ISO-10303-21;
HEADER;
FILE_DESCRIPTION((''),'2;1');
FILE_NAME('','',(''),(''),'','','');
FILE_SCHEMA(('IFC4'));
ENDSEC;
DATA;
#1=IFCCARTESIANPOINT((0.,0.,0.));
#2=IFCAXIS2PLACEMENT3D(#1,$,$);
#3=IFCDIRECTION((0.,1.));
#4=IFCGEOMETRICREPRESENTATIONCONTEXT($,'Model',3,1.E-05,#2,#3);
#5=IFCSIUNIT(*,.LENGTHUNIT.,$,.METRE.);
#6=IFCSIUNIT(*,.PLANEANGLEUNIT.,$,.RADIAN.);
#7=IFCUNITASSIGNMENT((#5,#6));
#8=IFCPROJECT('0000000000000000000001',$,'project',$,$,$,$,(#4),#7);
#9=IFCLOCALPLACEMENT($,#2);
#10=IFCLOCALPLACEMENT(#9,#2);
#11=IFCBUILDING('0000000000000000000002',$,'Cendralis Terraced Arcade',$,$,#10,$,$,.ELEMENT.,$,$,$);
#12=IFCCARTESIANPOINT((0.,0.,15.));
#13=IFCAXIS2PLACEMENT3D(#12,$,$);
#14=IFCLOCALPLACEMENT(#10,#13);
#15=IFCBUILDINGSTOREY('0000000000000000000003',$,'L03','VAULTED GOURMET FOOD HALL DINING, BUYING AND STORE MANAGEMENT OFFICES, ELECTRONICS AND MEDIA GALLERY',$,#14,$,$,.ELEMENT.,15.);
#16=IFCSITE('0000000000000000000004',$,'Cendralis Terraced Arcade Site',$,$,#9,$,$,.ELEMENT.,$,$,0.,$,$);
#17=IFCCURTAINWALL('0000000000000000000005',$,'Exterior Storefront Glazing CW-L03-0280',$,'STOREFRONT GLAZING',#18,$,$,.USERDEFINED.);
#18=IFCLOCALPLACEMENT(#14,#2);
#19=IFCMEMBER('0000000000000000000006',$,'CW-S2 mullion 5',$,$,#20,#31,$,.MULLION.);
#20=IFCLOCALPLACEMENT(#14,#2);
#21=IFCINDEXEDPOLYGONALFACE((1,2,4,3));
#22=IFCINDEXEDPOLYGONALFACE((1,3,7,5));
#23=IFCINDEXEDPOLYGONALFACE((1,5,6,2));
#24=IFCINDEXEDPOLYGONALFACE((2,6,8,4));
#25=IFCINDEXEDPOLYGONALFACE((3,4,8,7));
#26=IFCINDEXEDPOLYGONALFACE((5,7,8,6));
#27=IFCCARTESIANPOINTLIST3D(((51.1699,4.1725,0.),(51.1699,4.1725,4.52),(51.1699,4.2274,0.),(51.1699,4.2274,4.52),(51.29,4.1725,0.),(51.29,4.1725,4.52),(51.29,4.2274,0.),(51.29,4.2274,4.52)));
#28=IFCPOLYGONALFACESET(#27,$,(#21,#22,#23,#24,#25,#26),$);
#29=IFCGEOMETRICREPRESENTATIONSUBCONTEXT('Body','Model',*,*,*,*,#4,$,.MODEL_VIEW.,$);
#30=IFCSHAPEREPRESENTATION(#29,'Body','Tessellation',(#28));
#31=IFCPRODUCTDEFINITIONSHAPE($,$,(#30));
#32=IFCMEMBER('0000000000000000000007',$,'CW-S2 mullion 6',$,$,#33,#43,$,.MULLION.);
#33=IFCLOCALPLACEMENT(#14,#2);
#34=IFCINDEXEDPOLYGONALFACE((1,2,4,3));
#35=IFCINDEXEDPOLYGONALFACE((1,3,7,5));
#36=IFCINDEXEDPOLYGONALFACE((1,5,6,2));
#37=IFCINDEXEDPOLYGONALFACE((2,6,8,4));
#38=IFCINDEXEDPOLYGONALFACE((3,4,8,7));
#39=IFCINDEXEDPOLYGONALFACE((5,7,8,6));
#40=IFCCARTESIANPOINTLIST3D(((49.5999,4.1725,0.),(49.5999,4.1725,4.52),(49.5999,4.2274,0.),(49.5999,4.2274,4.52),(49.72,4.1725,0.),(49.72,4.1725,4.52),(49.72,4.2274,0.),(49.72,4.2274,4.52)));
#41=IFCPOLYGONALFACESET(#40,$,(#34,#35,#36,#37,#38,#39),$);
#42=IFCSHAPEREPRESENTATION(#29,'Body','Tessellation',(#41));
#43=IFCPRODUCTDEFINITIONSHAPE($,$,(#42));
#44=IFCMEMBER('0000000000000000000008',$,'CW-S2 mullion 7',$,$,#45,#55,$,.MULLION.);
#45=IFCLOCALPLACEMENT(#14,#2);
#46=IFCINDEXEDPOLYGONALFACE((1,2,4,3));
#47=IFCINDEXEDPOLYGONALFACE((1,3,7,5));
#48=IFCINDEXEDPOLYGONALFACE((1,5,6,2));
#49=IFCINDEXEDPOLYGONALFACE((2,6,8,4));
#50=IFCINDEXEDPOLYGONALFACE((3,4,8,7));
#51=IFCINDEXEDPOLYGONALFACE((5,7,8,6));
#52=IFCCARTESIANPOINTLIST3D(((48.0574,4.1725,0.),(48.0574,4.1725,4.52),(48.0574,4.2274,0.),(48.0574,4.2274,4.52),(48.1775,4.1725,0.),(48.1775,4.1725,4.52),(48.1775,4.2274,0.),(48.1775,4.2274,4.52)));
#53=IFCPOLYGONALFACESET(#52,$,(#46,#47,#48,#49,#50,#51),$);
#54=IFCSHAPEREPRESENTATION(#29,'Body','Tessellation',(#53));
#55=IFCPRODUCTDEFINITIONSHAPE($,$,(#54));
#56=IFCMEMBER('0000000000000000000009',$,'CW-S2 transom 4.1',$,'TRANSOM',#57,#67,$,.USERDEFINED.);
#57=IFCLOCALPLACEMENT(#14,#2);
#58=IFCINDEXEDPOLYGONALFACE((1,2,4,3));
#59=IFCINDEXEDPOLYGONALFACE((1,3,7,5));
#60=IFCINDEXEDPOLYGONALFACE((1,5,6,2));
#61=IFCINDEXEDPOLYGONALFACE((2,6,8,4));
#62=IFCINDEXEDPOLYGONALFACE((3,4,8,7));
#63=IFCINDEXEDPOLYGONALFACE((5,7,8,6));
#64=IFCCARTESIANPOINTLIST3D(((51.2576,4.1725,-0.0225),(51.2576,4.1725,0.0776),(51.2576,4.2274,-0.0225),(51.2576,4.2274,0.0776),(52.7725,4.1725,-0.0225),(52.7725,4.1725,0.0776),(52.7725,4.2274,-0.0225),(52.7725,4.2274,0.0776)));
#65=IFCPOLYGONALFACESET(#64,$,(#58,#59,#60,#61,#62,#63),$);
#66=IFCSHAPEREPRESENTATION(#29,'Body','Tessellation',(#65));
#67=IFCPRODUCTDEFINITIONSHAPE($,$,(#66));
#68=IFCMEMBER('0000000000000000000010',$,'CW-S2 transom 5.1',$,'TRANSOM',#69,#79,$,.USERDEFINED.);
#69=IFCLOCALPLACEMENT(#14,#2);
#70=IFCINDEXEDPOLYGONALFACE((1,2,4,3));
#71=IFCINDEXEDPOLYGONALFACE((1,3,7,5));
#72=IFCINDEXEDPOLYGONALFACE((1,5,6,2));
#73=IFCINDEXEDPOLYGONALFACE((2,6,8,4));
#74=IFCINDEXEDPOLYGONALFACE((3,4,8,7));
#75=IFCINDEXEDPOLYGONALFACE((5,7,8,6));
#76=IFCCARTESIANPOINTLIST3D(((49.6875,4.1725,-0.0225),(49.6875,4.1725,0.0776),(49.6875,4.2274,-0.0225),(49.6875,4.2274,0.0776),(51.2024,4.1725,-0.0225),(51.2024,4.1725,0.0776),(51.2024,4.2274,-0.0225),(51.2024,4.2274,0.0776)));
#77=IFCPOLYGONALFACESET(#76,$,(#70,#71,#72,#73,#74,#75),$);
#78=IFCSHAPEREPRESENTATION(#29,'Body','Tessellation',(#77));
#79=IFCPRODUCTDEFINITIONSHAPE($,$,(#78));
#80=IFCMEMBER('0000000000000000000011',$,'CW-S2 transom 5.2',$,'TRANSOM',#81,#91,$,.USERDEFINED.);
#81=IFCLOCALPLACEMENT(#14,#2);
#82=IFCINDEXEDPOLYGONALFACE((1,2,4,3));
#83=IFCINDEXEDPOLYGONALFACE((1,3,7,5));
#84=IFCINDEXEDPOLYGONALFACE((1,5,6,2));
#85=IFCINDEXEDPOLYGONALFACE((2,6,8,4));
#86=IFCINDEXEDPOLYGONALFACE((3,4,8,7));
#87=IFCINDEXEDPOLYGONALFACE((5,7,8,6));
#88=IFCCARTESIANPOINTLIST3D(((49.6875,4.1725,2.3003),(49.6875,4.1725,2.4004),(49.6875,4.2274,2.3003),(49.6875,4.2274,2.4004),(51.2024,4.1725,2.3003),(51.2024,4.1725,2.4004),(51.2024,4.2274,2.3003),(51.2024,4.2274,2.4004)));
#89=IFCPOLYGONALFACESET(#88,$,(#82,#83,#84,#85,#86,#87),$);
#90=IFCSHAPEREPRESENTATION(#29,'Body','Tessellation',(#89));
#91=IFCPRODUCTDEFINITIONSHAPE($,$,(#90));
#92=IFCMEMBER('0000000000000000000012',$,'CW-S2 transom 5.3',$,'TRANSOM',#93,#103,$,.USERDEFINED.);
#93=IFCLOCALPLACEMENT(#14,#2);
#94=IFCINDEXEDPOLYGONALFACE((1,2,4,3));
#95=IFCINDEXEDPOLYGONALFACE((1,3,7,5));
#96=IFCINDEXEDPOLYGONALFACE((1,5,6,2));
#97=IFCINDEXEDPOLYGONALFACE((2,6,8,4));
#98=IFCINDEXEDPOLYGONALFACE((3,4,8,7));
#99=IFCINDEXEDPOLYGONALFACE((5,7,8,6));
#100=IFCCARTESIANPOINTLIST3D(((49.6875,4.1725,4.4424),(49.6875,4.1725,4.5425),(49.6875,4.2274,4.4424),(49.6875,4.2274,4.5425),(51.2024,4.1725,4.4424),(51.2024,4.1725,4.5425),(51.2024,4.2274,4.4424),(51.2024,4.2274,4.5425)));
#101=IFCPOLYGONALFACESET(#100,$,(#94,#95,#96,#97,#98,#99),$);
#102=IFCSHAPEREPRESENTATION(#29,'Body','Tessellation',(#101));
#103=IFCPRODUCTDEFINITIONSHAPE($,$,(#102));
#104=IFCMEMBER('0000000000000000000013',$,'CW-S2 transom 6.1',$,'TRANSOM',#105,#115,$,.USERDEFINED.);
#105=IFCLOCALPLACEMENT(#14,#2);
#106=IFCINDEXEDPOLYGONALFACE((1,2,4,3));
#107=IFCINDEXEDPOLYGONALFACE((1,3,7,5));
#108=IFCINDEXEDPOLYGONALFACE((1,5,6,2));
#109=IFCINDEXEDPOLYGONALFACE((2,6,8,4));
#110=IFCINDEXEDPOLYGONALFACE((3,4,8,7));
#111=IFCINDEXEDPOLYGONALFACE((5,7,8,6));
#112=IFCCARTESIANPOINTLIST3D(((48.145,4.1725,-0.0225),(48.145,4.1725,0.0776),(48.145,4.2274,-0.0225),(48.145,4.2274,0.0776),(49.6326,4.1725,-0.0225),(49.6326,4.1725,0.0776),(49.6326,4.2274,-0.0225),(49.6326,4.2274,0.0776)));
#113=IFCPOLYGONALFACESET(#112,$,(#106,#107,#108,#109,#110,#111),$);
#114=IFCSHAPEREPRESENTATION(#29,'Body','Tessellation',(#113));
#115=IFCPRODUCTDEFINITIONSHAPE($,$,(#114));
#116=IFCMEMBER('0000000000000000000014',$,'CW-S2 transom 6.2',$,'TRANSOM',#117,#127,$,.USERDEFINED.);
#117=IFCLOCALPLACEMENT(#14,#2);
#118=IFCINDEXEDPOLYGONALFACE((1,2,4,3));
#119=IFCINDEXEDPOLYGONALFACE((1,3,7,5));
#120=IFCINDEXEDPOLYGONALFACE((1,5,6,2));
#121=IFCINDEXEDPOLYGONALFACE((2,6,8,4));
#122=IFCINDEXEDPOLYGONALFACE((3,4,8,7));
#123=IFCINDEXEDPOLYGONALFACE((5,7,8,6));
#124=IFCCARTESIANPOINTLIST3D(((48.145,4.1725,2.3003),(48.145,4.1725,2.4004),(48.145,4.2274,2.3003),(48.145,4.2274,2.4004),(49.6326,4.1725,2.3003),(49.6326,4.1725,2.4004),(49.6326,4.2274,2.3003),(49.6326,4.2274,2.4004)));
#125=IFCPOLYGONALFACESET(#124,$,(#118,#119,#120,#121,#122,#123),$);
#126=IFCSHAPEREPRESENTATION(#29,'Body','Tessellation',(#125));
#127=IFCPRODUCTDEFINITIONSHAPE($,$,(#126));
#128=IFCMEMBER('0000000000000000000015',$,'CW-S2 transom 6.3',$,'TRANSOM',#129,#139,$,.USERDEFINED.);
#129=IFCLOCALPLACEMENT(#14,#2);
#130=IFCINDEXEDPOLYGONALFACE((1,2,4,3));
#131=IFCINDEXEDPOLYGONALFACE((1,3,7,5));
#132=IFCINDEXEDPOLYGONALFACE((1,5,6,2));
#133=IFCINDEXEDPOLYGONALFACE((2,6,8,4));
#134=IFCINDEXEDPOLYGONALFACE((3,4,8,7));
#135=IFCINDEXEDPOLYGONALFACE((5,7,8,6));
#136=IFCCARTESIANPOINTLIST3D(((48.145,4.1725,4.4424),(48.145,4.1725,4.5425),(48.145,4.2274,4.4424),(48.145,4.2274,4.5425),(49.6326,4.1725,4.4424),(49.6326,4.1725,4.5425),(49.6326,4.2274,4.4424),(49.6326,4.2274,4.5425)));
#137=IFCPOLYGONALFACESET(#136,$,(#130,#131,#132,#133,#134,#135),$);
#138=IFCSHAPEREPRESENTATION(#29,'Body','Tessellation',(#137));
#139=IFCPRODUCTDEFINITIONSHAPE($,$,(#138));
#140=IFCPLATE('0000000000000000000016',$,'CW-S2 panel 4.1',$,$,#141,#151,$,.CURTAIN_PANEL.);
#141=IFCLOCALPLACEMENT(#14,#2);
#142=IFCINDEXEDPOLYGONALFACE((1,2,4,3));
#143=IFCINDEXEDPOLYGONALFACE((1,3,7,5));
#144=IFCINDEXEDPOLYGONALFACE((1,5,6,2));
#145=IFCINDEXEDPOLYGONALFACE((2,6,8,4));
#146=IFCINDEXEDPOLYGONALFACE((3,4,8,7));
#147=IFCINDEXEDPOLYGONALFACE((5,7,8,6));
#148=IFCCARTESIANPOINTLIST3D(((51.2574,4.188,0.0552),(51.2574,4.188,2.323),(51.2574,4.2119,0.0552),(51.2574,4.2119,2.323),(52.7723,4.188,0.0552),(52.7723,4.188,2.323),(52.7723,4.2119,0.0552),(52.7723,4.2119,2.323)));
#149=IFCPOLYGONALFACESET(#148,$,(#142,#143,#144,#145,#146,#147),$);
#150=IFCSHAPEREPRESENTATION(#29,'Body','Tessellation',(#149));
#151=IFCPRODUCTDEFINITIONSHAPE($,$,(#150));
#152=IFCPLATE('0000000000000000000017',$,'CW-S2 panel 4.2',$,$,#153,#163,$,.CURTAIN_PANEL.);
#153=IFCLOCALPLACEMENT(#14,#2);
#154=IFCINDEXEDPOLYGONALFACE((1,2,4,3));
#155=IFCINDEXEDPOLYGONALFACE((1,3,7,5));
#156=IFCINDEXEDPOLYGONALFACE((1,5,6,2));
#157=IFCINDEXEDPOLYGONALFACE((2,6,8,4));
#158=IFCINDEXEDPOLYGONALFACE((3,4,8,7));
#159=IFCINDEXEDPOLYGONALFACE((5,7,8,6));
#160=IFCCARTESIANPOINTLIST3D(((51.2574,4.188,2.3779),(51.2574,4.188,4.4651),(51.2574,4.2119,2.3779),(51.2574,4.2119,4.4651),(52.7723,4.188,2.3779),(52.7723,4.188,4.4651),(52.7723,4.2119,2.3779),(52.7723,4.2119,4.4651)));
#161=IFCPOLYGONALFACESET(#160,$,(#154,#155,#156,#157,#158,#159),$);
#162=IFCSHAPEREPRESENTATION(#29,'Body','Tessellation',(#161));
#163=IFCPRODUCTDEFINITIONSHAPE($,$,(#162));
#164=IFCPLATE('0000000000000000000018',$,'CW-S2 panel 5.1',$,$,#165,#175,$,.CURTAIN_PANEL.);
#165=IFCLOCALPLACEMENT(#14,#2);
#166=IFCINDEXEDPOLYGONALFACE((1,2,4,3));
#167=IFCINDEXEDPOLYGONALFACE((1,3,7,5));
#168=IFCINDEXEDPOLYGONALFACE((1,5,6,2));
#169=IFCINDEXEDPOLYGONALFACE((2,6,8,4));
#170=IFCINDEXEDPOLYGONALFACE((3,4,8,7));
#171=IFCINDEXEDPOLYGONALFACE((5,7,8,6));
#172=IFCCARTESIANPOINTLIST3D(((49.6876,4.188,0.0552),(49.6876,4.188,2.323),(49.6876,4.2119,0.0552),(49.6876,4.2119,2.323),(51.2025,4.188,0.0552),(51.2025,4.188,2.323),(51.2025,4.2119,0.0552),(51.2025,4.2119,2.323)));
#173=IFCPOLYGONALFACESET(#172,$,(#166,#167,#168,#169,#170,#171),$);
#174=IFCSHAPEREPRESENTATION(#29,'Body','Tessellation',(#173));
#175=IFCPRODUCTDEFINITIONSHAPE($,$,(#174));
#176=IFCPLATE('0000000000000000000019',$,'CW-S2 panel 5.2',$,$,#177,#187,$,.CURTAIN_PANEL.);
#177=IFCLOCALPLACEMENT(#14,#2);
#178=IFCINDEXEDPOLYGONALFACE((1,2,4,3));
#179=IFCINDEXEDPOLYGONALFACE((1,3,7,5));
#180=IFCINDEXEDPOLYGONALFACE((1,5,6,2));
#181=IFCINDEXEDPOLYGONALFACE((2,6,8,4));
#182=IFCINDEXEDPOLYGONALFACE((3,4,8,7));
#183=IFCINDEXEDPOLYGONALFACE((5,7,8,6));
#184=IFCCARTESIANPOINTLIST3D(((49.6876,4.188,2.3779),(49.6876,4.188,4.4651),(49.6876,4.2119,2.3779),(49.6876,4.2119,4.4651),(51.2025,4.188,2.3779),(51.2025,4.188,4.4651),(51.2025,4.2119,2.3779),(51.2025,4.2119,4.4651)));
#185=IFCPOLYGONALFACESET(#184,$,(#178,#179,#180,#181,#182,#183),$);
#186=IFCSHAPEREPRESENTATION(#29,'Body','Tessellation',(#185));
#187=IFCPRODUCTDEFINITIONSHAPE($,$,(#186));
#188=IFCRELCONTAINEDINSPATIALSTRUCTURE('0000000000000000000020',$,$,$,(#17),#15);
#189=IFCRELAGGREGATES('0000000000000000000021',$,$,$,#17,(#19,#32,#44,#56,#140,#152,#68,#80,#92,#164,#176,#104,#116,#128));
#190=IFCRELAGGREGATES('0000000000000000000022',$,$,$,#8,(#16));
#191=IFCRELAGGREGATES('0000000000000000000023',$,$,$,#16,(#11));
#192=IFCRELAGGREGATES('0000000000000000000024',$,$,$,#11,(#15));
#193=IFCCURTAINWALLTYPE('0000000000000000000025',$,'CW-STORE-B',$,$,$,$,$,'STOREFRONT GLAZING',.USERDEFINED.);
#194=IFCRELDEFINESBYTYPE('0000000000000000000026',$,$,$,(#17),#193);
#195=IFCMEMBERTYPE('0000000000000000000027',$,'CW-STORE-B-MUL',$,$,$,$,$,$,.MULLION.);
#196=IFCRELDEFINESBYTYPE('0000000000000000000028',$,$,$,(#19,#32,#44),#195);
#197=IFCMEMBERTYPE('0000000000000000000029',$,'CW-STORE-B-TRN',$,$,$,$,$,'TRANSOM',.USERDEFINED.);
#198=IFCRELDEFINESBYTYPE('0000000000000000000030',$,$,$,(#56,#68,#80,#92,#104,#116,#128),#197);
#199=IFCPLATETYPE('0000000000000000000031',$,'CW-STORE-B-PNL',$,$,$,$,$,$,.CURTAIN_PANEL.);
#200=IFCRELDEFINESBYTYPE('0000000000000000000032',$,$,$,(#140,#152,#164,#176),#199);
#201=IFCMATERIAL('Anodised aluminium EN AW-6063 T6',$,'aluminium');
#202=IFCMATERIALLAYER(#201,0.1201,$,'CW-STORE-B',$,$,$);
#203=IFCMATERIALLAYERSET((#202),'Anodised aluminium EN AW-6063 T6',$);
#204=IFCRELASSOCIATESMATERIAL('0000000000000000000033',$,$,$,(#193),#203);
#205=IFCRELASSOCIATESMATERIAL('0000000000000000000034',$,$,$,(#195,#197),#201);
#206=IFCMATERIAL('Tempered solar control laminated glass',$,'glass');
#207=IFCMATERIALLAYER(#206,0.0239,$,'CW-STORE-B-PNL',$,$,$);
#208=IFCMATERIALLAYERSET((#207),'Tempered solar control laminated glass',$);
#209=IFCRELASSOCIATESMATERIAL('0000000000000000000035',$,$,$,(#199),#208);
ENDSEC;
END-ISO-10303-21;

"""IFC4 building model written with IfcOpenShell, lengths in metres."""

from ifc_helpers import new_model, si_unit, direction, frame, origin, origin_2d, place, context, subcontext, project, spatial, rectangle, extrude, material, layer, layer_set, material_profile, profile_set, type_object, element, aggregate, save


model = new_model("IFC4")

# Units and contexts
model_context = context("Model", 3, precision=1e-05, world=origin(), true_north=direction((0.0, 1.0)))
body_context = subcontext(model_context, "Body", "Model", "MODEL_VIEW")
ifc_project = project(units=[si_unit("LENGTHUNIT", "METRE"), si_unit("PLANEANGLEUNIT", "RADIAN")], contexts=[model_context])

# Site, building, storey
site_placement = place(None, origin())
site = spatial("IfcSite", under=ifc_project, at=site_placement, Name="Cendralis Terraced Arcade Site", CompositionType="ELEMENT", RefElevation=0.0)
building_placement = place(site_placement, origin())
building = spatial("IfcBuilding", under=site, at=building_placement, Name="Cendralis Terraced Arcade", CompositionType="ELEMENT")
storey_placement = place(building_placement, frame((0.0, 0.0, 15.0)))
storey = spatial("IfcBuildingStorey", under=building, at=storey_placement, Name="L03", Description="VAULTED GOURMET FOOD HALL DINING, BUYING AND STORE MANAGEMENT OFFICES, ELECTRONICS AND MEDIA GALLERY", CompositionType="ELEMENT", Elevation=15.0)

# Curtain wall, members, plates
ifc_material_1 = material(Name="Anodised aluminium EN AW-6063 T6", Category="aluminium")
ifc_layer_1 = layer(ifc_material_1, 0.1201, Name="CW-STORE-B")
ifc_layer_set_1 = layer_set([ifc_layer_1], Name="Anodised aluminium EN AW-6063 T6")
curtain_wall_type = type_object("IfcCurtainWallType", Name="CW-STORE-B", ElementType="STOREFRONT GLAZING", PredefinedType="USERDEFINED", material=ifc_layer_set_1)
curtain_wall_placement = place(storey_placement, origin())
curtain_wall = element("IfcCurtainWall", 1, at=curtain_wall_placement, inside=storey, type_object=curtain_wall_type, Name="Exterior Storefront Glazing CW-L03-0280", ObjectType="STOREFRONT GLAZING", PredefinedType="USERDEFINED")
ifc_material_profile_1 = material_profile(ifc_material_1, rectangle(XDim=0.0549, YDim=0.1201, at=origin_2d()), Name="ALU-MUL-55x120")
ifc_profile_set_1 = profile_set([ifc_material_profile_1], Name="Anodised aluminium EN AW-6063 T6")
member_type_1 = type_object("IfcMemberType", Name="CW-STORE-B-MUL", PredefinedType="MULLION", material=ifc_profile_set_1)
member_1_placement = place(storey_placement, frame((51.23, 4.2, 0.0), z_axis=(0.0, 0.0, 1.0), x_axis=(0.0, -1.0, 0.0)))
member_1 = element("IfcMember", 2, at=member_1_placement, type_object=member_type_1, Name="CW-S2 mullion 5", PredefinedType="MULLION", context=body_context, shape_type="SweptSolid", body=[
    extrude(rectangle(XDim=0.0549, YDim=0.1201, at=origin_2d()), origin(), (0.0, 0.0, 1.0), 4.52),
])
member_2_placement = place(storey_placement, frame((49.6599, 4.2, 0.0), z_axis=(0.0, 0.0, 1.0), x_axis=(0.0, -1.0, 0.0)))
member_2 = element("IfcMember", 3, at=member_2_placement, type_object=member_type_1, Name="CW-S2 mullion 6", PredefinedType="MULLION", context=body_context, shape_type="SweptSolid", body=[
    extrude(rectangle(XDim=0.0549, YDim=0.1201, at=origin_2d()), origin(), (0.0, 0.0, 1.0), 4.52),
])
member_3_placement = place(storey_placement, frame((48.1174, 4.2, 0.0), z_axis=(0.0, 0.0, 1.0), x_axis=(0.0, -1.0, 0.0)))
member_3 = element("IfcMember", 4, at=member_3_placement, type_object=member_type_1, Name="CW-S2 mullion 7", PredefinedType="MULLION", context=body_context, shape_type="SweptSolid", body=[
    extrude(rectangle(XDim=0.0549, YDim=0.1201, at=origin_2d()), origin(), (0.0, 0.0, 1.0), 4.52),
])
ifc_material_profile_2 = material_profile(ifc_material_1, rectangle(XDim=0.0549, YDim=0.1001, at=origin_2d()), Name="ALU-TRN-55x100")
ifc_profile_set_2 = profile_set([ifc_material_profile_2], Name="Anodised aluminium EN AW-6063 T6")
member_type_2 = type_object("IfcMemberType", Name="CW-STORE-B-TRN", ElementType="TRANSOM", PredefinedType="USERDEFINED", material=ifc_profile_set_2)
member_4_placement = place(storey_placement, frame((52.7725, 4.2, 0.0276), z_axis=(-1.0, 0.0, 0.0), x_axis=(0.0, -1.0, 0.0)))
member_4 = element("IfcMember", 5, at=member_4_placement, type_object=member_type_2, Name="CW-S2 transom 4.1", ObjectType="TRANSOM", PredefinedType="USERDEFINED", context=body_context, shape_type="SweptSolid", body=[
    extrude(rectangle(XDim=0.0549, YDim=0.1001, at=origin_2d()), origin(), (0.0, 0.0, 1.0), 1.5149),
])
member_5_placement = place(storey_placement, frame((51.2024, 4.2, 0.0276), z_axis=(-1.0, 0.0, 0.0), x_axis=(0.0, -1.0, 0.0)))
member_5 = element("IfcMember", 6, at=member_5_placement, type_object=member_type_2, Name="CW-S2 transom 5.1", ObjectType="TRANSOM", PredefinedType="USERDEFINED", context=body_context, shape_type="SweptSolid", body=[
    extrude(rectangle(XDim=0.0549, YDim=0.1001, at=origin_2d()), origin(), (0.0, 0.0, 1.0), 1.5149),
])
member_6_placement = place(storey_placement, frame((51.2024, 4.2, 2.3503), z_axis=(-1.0, 0.0, 0.0), x_axis=(0.0, -1.0, 0.0)))
member_6 = element("IfcMember", 7, at=member_6_placement, type_object=member_type_2, Name="CW-S2 transom 5.2", ObjectType="TRANSOM", PredefinedType="USERDEFINED", context=body_context, shape_type="SweptSolid", body=[
    extrude(rectangle(XDim=0.0549, YDim=0.1001, at=origin_2d()), origin(), (0.0, 0.0, 1.0), 1.5149),
])
member_7_placement = place(storey_placement, frame((51.2024, 4.2, 4.4924), z_axis=(-1.0, 0.0, 0.0), x_axis=(0.0, -1.0, 0.0)))
member_7 = element("IfcMember", 8, at=member_7_placement, type_object=member_type_2, Name="CW-S2 transom 5.3", ObjectType="TRANSOM", PredefinedType="USERDEFINED", context=body_context, shape_type="SweptSolid", body=[
    extrude(rectangle(XDim=0.0549, YDim=0.1001, at=origin_2d()), origin(), (0.0, 0.0, 1.0), 1.5149),
])
member_8_placement = place(storey_placement, frame((49.6326, 4.2, 0.0276), z_axis=(-1.0, 0.0, 0.0), x_axis=(0.0, -1.0, 0.0)))
member_8 = element("IfcMember", 9, at=member_8_placement, type_object=member_type_2, Name="CW-S2 transom 6.1", ObjectType="TRANSOM", PredefinedType="USERDEFINED", context=body_context, shape_type="SweptSolid", body=[
    extrude(rectangle(XDim=0.0549, YDim=0.1001, at=origin_2d()), origin(), (0.0, 0.0, 1.0), 1.4875),
])
member_9_placement = place(storey_placement, frame((49.6326, 4.2, 2.3503), z_axis=(-1.0, 0.0, 0.0), x_axis=(0.0, -1.0, 0.0)))
member_9 = element("IfcMember", 10, at=member_9_placement, type_object=member_type_2, Name="CW-S2 transom 6.2", ObjectType="TRANSOM", PredefinedType="USERDEFINED", context=body_context, shape_type="SweptSolid", body=[
    extrude(rectangle(XDim=0.0549, YDim=0.1001, at=origin_2d()), origin(), (0.0, 0.0, 1.0), 1.4875),
])
member_10_placement = place(storey_placement, frame((49.6326, 4.2, 4.4924), z_axis=(-1.0, 0.0, 0.0), x_axis=(0.0, -1.0, 0.0)))
member_10 = element("IfcMember", 11, at=member_10_placement, type_object=member_type_2, Name="CW-S2 transom 6.3", ObjectType="TRANSOM", PredefinedType="USERDEFINED", context=body_context, shape_type="SweptSolid", body=[
    extrude(rectangle(XDim=0.0549, YDim=0.1001, at=origin_2d()), origin(), (0.0, 0.0, 1.0), 1.4875),
])
ifc_material_2 = material(Name="Tempered solar control laminated glass", Category="glass")
ifc_layer_2 = layer(ifc_material_2, 0.0239, Name="CW-STORE-B-PNL")
ifc_layer_set_2 = layer_set([ifc_layer_2], Name="Tempered solar control laminated glass")
plate_type = type_object("IfcPlateType", Name="CW-STORE-B-PNL", PredefinedType="CURTAIN_PANEL", material=ifc_layer_set_2)
plate_1_placement = place(storey_placement, frame((52.0149, 4.2, 0.0552), z_axis=(0.0, 0.0, 1.0), x_axis=(-1.0, 0.0, 0.0)))
plate_1 = element("IfcPlate", 12, at=plate_1_placement, type_object=plate_type, Name="CW-S2 panel 4.1", PredefinedType="CURTAIN_PANEL", context=body_context, shape_type="SweptSolid", body=[
    extrude(rectangle(XDim=1.5149, YDim=0.0239, at=origin_2d()), origin(), (0.0, 0.0, 1.0), 2.2678),
])
plate_2_placement = place(storey_placement, frame((52.0149, 4.2, 2.3779), z_axis=(0.0, 0.0, 1.0), x_axis=(-1.0, 0.0, 0.0)))
plate_2 = element("IfcPlate", 13, at=plate_2_placement, type_object=plate_type, Name="CW-S2 panel 4.2", PredefinedType="CURTAIN_PANEL", context=body_context, shape_type="SweptSolid", body=[
    extrude(rectangle(XDim=1.5149, YDim=0.0239, at=origin_2d()), origin(), (0.0, 0.0, 1.0), 2.0872),
])
plate_3_placement = place(storey_placement, frame((50.4451, 4.2, 0.0552), z_axis=(0.0, 0.0, 1.0), x_axis=(-1.0, 0.0, 0.0)))
plate_3 = element("IfcPlate", 14, at=plate_3_placement, type_object=plate_type, Name="CW-S2 panel 5.1", PredefinedType="CURTAIN_PANEL", context=body_context, shape_type="SweptSolid", body=[
    extrude(rectangle(XDim=1.5149, YDim=0.0239, at=origin_2d()), origin(), (0.0, 0.0, 1.0), 2.2678),
])
plate_4_placement = place(storey_placement, frame((50.4451, 4.2, 2.3779), z_axis=(0.0, 0.0, 1.0), x_axis=(-1.0, 0.0, 0.0)))
plate_4 = element("IfcPlate", 15, at=plate_4_placement, type_object=plate_type, Name="CW-S2 panel 5.2", PredefinedType="CURTAIN_PANEL", context=body_context, shape_type="SweptSolid", body=[
    extrude(rectangle(XDim=1.5149, YDim=0.0239, at=origin_2d()), origin(), (0.0, 0.0, 1.0), 2.0872),
])
aggregate(curtain_wall, [member_1, member_2, member_3, member_4, plate_1, plate_2, member_5, member_6, member_7, plate_3, plate_4, member_8, member_9, member_10])

save(model, "model.ifc")
